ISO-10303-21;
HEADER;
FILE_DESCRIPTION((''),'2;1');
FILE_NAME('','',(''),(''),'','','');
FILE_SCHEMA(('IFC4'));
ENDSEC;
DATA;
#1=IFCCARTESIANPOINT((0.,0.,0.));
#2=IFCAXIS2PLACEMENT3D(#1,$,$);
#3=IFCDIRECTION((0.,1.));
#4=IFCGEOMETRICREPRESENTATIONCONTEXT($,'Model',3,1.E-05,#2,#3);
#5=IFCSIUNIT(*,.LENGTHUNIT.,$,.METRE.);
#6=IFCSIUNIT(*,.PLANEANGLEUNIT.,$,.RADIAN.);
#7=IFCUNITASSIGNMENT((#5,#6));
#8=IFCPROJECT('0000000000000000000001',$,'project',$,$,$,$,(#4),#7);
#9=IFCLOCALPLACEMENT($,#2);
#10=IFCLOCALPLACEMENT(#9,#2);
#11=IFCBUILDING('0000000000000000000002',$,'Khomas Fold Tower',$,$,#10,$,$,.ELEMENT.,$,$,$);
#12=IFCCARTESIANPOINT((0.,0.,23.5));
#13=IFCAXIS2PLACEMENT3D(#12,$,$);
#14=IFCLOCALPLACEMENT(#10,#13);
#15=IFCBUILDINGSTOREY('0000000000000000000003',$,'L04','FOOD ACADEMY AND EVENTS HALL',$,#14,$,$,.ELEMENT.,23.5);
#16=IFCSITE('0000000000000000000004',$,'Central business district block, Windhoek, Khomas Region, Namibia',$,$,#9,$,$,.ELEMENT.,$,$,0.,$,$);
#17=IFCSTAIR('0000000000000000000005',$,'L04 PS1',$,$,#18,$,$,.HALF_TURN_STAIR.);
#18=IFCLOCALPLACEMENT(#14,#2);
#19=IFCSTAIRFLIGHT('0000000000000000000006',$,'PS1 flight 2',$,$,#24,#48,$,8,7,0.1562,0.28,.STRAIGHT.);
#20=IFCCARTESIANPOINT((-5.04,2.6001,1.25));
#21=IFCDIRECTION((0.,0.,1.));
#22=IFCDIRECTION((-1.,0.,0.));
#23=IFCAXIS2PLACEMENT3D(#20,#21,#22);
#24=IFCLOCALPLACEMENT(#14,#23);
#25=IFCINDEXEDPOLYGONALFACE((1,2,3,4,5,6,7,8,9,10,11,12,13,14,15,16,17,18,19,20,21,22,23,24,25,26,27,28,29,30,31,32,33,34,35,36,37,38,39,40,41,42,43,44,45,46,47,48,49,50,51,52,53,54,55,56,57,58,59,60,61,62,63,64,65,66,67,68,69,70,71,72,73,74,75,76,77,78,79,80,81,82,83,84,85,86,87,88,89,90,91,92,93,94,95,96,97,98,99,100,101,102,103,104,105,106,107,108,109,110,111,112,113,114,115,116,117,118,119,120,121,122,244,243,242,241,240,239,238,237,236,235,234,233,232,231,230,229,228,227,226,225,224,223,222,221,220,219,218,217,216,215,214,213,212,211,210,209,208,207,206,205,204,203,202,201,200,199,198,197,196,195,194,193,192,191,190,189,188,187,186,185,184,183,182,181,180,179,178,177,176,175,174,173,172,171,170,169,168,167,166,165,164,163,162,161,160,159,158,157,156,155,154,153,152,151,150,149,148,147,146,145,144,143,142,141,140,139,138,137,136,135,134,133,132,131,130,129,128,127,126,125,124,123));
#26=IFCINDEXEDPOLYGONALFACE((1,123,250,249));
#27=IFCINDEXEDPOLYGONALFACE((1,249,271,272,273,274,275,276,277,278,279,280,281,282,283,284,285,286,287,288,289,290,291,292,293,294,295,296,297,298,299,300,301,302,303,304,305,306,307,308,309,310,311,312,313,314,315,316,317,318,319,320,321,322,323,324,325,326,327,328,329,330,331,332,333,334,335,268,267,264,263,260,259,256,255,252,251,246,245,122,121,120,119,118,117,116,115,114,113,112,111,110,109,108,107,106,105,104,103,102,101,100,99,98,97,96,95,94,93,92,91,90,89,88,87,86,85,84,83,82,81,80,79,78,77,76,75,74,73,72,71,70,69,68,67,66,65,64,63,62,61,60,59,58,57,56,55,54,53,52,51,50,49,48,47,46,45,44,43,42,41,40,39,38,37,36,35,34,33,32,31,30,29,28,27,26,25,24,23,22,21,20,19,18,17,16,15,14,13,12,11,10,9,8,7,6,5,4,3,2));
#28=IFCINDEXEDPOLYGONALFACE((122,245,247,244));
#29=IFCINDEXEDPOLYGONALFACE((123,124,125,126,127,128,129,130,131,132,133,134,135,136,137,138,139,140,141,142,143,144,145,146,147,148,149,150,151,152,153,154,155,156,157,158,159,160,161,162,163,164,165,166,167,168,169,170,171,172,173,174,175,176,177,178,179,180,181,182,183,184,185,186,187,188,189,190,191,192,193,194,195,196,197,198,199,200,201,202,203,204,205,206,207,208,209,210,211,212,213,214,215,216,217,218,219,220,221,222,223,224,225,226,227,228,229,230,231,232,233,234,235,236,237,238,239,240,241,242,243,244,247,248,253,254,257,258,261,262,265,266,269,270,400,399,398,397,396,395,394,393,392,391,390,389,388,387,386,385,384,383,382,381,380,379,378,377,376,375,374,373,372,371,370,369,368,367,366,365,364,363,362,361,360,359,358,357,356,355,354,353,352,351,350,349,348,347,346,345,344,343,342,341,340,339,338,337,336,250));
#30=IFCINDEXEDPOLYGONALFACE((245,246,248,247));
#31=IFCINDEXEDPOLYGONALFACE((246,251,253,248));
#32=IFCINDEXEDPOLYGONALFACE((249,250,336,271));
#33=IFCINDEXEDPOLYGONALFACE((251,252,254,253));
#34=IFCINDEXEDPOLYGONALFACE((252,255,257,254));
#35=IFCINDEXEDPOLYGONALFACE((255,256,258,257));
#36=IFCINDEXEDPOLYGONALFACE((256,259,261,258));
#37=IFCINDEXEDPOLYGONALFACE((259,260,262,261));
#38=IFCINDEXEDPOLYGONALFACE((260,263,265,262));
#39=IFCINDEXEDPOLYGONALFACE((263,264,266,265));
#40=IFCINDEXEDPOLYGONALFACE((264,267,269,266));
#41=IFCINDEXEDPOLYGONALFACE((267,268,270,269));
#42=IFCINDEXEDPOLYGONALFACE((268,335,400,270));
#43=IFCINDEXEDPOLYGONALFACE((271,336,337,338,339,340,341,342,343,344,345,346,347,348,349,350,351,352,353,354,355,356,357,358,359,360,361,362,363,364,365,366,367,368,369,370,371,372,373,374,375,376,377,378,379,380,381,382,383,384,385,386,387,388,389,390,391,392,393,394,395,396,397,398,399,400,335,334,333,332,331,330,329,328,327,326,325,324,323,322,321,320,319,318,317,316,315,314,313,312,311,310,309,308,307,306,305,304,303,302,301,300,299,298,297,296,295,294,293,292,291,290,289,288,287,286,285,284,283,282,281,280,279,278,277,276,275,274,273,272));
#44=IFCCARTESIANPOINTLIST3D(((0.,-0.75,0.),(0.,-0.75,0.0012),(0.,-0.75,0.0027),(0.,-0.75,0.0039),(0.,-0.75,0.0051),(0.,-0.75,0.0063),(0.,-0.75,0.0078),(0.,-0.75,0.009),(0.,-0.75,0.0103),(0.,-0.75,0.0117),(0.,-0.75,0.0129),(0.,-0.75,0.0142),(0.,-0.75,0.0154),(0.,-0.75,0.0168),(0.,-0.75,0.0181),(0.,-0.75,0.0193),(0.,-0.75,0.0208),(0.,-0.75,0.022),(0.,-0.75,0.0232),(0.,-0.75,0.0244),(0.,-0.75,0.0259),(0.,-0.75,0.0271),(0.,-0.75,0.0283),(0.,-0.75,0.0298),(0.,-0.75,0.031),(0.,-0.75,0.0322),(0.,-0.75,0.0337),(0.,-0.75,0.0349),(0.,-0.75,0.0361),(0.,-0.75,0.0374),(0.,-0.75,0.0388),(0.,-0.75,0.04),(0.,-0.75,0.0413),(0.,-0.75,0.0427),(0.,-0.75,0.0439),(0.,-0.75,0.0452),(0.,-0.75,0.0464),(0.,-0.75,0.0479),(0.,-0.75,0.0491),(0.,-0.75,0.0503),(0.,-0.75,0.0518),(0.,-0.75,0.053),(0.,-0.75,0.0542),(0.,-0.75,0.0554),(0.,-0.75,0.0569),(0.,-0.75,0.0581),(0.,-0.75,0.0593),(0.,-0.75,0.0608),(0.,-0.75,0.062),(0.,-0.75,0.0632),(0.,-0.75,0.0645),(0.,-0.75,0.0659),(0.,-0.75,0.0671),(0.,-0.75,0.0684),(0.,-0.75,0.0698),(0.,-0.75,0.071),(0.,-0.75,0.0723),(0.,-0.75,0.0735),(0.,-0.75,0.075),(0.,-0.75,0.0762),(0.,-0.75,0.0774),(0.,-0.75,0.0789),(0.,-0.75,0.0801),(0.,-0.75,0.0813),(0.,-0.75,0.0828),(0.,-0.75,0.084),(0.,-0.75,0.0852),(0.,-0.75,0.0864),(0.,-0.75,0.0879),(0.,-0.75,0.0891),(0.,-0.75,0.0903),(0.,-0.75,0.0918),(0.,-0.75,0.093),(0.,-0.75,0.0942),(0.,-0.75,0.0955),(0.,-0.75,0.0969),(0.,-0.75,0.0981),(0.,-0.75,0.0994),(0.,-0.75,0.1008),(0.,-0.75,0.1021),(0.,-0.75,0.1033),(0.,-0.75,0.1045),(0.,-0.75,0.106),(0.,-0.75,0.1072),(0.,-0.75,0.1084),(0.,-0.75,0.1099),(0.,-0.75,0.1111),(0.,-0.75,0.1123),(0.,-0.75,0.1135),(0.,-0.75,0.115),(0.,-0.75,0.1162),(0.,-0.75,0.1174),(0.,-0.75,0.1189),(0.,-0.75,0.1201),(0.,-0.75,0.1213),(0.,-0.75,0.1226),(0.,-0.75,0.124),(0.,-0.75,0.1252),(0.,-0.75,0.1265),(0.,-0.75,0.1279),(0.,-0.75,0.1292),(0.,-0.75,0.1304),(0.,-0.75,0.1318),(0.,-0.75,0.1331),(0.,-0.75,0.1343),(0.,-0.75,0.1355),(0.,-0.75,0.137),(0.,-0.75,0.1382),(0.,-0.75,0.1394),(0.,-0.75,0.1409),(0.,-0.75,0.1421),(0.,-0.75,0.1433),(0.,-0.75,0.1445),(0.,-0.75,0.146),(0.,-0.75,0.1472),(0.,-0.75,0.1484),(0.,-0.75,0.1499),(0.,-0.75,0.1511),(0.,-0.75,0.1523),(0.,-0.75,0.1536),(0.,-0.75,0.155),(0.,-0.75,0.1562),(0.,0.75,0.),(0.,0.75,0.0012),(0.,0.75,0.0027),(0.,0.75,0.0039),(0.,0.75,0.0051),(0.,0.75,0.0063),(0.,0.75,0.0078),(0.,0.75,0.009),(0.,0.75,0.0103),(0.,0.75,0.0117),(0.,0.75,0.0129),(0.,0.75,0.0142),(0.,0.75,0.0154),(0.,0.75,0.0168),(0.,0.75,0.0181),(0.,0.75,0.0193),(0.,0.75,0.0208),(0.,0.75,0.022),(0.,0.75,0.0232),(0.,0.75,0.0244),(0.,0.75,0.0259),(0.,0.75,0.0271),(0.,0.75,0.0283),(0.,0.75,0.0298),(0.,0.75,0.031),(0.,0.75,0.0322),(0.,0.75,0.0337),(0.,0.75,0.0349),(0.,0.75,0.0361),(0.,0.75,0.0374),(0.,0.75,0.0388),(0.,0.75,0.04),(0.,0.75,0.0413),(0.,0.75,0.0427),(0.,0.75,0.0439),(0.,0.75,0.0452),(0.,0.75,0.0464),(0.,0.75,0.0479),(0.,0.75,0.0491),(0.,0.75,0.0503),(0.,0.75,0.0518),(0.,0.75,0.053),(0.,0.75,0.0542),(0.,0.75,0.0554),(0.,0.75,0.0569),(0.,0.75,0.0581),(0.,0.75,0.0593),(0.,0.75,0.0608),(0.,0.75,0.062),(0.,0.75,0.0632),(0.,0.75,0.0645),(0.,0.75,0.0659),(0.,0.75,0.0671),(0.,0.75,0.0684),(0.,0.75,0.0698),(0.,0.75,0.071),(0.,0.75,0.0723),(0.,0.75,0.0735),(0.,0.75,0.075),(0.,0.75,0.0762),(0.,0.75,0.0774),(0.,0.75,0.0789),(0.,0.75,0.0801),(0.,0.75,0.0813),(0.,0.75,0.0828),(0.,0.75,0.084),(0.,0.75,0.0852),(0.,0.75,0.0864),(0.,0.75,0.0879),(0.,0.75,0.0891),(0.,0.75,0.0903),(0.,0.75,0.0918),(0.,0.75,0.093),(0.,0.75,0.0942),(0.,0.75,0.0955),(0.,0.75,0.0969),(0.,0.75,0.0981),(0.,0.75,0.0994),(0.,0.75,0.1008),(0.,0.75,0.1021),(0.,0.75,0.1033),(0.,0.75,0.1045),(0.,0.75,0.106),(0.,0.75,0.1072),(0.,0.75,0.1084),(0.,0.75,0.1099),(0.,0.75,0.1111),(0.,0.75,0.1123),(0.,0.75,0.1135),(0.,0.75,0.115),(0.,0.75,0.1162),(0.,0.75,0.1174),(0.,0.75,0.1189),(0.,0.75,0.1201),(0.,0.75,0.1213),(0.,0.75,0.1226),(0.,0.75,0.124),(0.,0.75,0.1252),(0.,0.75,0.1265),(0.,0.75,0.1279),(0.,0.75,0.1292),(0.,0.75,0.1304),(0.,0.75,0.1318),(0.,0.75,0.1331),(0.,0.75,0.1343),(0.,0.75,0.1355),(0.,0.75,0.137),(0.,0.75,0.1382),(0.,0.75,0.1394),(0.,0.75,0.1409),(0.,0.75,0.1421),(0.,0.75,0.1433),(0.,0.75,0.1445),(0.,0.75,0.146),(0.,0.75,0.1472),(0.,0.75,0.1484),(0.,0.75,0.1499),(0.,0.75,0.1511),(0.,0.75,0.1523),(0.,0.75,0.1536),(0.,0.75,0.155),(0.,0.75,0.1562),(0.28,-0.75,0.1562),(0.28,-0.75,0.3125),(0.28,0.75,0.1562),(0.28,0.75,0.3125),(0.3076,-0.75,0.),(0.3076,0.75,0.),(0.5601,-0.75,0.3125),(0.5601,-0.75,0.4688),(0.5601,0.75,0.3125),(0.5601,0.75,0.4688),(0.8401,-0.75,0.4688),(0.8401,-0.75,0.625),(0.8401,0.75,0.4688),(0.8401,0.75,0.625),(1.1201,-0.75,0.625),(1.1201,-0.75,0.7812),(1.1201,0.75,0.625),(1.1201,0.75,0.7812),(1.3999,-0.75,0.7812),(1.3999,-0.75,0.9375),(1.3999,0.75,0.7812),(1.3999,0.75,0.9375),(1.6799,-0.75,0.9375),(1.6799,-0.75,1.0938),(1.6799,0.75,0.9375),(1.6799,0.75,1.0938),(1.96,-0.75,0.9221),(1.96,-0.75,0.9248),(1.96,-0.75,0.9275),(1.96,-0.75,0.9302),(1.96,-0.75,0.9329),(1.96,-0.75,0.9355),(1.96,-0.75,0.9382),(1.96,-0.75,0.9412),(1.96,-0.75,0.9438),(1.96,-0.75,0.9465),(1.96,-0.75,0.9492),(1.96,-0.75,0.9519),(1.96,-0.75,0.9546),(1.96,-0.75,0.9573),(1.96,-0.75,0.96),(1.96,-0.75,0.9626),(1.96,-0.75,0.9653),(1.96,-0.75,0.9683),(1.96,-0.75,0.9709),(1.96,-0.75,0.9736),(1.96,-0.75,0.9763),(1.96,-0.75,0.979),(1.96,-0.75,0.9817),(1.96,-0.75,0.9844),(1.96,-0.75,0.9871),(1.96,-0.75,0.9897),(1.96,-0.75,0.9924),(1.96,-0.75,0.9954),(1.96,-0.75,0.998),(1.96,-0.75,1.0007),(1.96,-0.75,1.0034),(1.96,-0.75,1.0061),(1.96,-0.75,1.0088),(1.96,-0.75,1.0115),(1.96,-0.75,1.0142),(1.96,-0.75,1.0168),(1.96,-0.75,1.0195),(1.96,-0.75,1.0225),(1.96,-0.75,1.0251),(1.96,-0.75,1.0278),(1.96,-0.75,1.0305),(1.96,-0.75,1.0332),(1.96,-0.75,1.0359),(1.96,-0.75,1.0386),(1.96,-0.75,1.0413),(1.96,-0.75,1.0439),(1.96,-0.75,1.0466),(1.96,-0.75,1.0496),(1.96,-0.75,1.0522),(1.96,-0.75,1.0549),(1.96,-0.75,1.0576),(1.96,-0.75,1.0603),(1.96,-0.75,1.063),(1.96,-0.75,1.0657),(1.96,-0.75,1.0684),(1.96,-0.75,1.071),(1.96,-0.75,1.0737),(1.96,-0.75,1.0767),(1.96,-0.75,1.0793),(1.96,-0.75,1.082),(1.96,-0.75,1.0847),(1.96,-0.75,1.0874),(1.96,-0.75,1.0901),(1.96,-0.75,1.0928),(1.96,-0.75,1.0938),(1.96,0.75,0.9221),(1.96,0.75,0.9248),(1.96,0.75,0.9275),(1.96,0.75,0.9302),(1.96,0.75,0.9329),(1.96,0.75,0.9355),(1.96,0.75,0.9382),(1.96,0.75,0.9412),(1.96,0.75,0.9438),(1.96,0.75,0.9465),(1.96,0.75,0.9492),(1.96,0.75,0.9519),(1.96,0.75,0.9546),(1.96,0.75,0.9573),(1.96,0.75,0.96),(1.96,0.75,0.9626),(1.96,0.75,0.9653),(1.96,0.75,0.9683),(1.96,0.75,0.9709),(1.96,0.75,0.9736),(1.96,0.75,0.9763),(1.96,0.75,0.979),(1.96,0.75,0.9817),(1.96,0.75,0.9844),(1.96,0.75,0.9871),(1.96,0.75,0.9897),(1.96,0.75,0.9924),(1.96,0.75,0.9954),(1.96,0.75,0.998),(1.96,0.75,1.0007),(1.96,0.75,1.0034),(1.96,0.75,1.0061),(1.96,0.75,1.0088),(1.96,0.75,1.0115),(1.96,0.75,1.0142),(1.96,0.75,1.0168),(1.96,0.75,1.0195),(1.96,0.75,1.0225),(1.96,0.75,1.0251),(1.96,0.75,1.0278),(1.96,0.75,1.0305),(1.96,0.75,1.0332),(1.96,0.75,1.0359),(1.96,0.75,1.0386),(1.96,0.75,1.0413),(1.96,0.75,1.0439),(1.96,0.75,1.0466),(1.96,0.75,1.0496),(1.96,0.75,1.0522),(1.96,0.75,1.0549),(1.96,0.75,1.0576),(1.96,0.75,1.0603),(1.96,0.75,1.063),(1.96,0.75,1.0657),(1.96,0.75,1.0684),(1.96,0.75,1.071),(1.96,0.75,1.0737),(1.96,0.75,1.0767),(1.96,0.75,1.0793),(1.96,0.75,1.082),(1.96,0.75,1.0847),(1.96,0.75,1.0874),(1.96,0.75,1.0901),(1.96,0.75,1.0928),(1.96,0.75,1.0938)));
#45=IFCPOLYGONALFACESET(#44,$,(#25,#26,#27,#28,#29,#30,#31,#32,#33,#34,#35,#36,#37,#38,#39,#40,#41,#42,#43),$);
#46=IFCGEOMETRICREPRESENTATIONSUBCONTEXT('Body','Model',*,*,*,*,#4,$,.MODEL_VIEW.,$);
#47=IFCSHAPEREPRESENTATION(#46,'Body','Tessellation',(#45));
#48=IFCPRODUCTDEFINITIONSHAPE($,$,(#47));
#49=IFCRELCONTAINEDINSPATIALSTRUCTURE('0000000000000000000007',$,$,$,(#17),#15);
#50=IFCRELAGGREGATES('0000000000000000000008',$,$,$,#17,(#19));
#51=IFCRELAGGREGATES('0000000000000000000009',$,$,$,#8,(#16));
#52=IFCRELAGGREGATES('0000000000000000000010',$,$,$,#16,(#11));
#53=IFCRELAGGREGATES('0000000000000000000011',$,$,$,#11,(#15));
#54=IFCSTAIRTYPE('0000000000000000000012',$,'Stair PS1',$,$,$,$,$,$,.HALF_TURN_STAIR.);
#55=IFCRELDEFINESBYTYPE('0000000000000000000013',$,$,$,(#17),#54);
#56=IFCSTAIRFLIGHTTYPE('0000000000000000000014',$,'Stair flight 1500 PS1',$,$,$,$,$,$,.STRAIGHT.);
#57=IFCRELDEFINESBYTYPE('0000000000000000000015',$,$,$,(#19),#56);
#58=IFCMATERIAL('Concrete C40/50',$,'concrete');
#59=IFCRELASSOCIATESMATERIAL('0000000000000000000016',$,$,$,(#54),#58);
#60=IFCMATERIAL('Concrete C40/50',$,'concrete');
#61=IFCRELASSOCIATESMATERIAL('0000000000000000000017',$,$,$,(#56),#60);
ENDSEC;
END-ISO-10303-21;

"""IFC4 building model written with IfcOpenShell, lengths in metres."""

from ifc_helpers import new_model, si_unit, direction, frame, origin, place, context, subcontext, project, spatial, polyline, outline, extrude, source, transform, mapped, material, type_object, element, aggregate, save


model = new_model("IFC4")

# Units and contexts
model_context = context("Model", 3, precision=1e-05, world=origin(), true_north=direction((0.0, 1.0)))
body_context = subcontext(model_context, "Body", "Model", "MODEL_VIEW")
ifc_project = project(units=[si_unit("LENGTHUNIT", "METRE"), si_unit("PLANEANGLEUNIT", "RADIAN")], contexts=[model_context])

# Site, building, storey
site_placement = place(None, origin())
site = spatial("IfcSite", under=ifc_project, at=site_placement, Name="Central business district block, Windhoek, Khomas Region, Namibia", CompositionType="ELEMENT", RefElevation=0.0)
building_placement = place(site_placement, origin())
building = spatial("IfcBuilding", under=site, at=building_placement, Name="Khomas Fold Tower", CompositionType="ELEMENT")
storey_placement = place(building_placement, frame((0.0, 0.0, 23.5)))
storey = spatial("IfcBuildingStorey", under=building, at=storey_placement, Name="L04", Description="FOOD ACADEMY AND EVENTS HALL", CompositionType="ELEMENT", Elevation=23.5)

# Stair, stair flight
ifc_material_1 = material(Name="Concrete C40/50", Category="concrete")
stair_type = type_object("IfcStairType", Name="Stair PS1", PredefinedType="HALF_TURN_STAIR", material=ifc_material_1)
stair_placement = place(storey_placement, origin())
stair = element("IfcStair", 1, at=stair_placement, inside=storey, type_object=stair_type, Name="L04 PS1", PredefinedType="HALF_TURN_STAIR")
ifc_material_2 = material(Name="Concrete C40/50", Category="concrete")
stair_flight_type = type_object("IfcStairFlightType", Name="Stair flight 1500 PS1", PredefinedType="STRAIGHT", material=ifc_material_2)
shared_shape_1 = source(origin(), body_context, "Body", "SweptSolid", [
    extrude(outline(polyline([(0.0, 0.0), (0.0, 0.0012), (0.0, 0.0027), (0.0, 0.0039), (0.0, 0.0051), (0.0, 0.0063), (0.0, 0.0078), (0.0, 0.009), (0.0, 0.0103), (0.0, 0.0117), (0.0, 0.0129), (0.0, 0.0142), (0.0, 0.0154), (0.0, 0.0168), (0.0, 0.0181), (0.0, 0.0193), (0.0, 0.0208), (0.0, 0.022), (0.0, 0.0232), (0.0, 0.0244), (0.0, 0.0259), (0.0, 0.0271), (0.0, 0.0283), (0.0, 0.0298), (0.0, 0.031), (0.0, 0.0322), (0.0, 0.0337), (0.0, 0.0349), (0.0, 0.0361), (0.0, 0.0374), (0.0, 0.0388), (0.0, 0.04), (0.0, 0.0413), (0.0, 0.0427), (0.0, 0.0439), (0.0, 0.0452), (0.0, 0.0464), (0.0, 0.0479), (0.0, 0.0491), (0.0, 0.0503), (0.0, 0.0518), (0.0, 0.053), (0.0, 0.0542), (0.0, 0.0554), (0.0, 0.0569), (0.0, 0.0581), (0.0, 0.0593), (0.0, 0.0608), (0.0, 0.062), (0.0, 0.0632), (0.0, 0.0645), (0.0, 0.0659), (0.0, 0.0671), (0.0, 0.0684), (0.0, 0.0698), (0.0, 0.071), (0.0, 0.0723), (0.0, 0.0735), (0.0, 0.075), (0.0, 0.0762), (0.0, 0.0774), (0.0, 0.0789), (0.0, 0.0801), (0.0, 0.0813), (0.0, 0.0828), (0.0, 0.084), (0.0, 0.0852), (0.0, 0.0864), (0.0, 0.0879), (0.0, 0.0891), (0.0, 0.0903), (0.0, 0.0918), (0.0, 0.093), (0.0, 0.0942), (0.0, 0.0955), (0.0, 0.0969), (0.0, 0.0981), (0.0, 0.0994), (0.0, 0.1008), (0.0, 0.1021), (0.0, 0.1033), (0.0, 0.1045), (0.0, 0.106), (0.0, 0.1072), (0.0, 0.1084), (0.0, 0.1099), (0.0, 0.1111), (0.0, 0.1123), (0.0, 0.1135), (0.0, 0.115), (0.0, 0.1162), (0.0, 0.1174), (0.0, 0.1189), (0.0, 0.1201), (0.0, 0.1213), (0.0, 0.1226), (0.0, 0.124), (0.0, 0.1252), (0.0, 0.1265), (0.0, 0.1279), (0.0, 0.1292), (0.0, 0.1304), (0.0, 0.1318), (0.0, 0.1331), (0.0, 0.1343), (0.0, 0.1355), (0.0, 0.137), (0.0, 0.1382), (0.0, 0.1394), (0.0, 0.1409), (0.0, 0.1421), (0.0, 0.1433), (0.0, 0.1445), (0.0, 0.146), (0.0, 0.1472), (0.0, 0.1484), (0.0, 0.1499), (0.0, 0.1511), (0.0, 0.1523), (0.0, 0.1536), (0.0, 0.155), (0.0, 0.1562), (0.28, 0.1562), (0.28, 0.3125), (0.5601, 0.3125), (0.5601, 0.4688), (0.8401, 0.4688), (0.8401, 0.625), (1.1201, 0.625), (1.1201, 0.7812), (1.3999, 0.7812), (1.3999, 0.9375), (1.6799, 0.9375), (1.6799, 1.0938), (1.96, 1.0938), (1.96, 1.25), (1.96, 1.2473), (1.96, 1.2446), (1.96, 1.2419), (1.96, 1.2393), (1.96, 1.2363), (1.96, 1.2336), (1.96, 1.231), (1.96, 1.2283), (1.96, 1.2256), (1.96, 1.2229), (1.96, 1.2202), (1.96, 1.2175), (1.96, 1.2148), (1.96, 1.2122), (1.96, 1.2092), (1.96, 1.2065), (1.96, 1.2039), (1.96, 1.2012), (1.96, 1.1985), (1.96, 1.1958), (1.96, 1.1931), (1.96, 1.1904), (1.96, 1.1877), (1.96, 1.1851), (1.96, 1.1821), (1.96, 1.1794), (1.96, 1.1768), (1.96, 1.1741), (1.96, 1.1714), (1.96, 1.1687), (1.96, 1.166), (1.96, 1.1633), (1.96, 1.1606), (1.96, 1.158), (1.96, 1.155), (1.96, 1.1523), (1.96, 1.1497), (1.96, 1.147), (1.96, 1.1443), (1.96, 1.1416), (1.96, 1.1389), (1.96, 1.1362), (1.96, 1.1335), (1.96, 1.1309), (1.96, 1.1279), (1.96, 1.1252), (1.96, 1.1226), (1.96, 1.1199), (1.96, 1.1172), (1.96, 1.1145), (1.96, 1.1118), (1.96, 1.1091), (1.96, 1.1064), (1.96, 1.1038), (1.96, 1.1008), (1.96, 1.0981), (1.96, 1.0955), (1.96, 1.0928), (1.96, 1.0901), (1.96, 1.0874), (1.96, 1.0847), (1.96, 1.082), (1.96, 1.0793), (1.96, 1.0767), (1.96, 1.0737), (1.96, 1.071), (1.96, 1.0684), (1.96, 1.0657), (1.96, 1.063), (1.96, 1.0603), (1.96, 1.0576), (1.96, 1.0549), (1.96, 1.0522), (1.96, 1.0496), (1.96, 1.0466), (1.96, 1.0439), (1.96, 1.0413), (1.96, 1.0386), (1.96, 1.0359), (1.96, 1.0332), (1.96, 1.0305), (1.96, 1.0278), (1.96, 1.0251), (1.96, 1.0225), (1.96, 1.0195), (1.96, 1.0168), (1.96, 1.0142), (1.96, 1.0115), (1.96, 1.0088), (1.96, 1.0061), (1.96, 1.0034), (1.96, 1.0007), (1.96, 0.998), (1.96, 0.9954), (1.96, 0.9924), (1.96, 0.9897), (1.96, 0.9871), (1.96, 0.9844), (1.96, 0.9817), (1.96, 0.979), (1.96, 0.9763), (1.96, 0.9736), (1.96, 0.9709), (1.96, 0.9683), (1.96, 0.9653), (1.96, 0.9626), (1.96, 0.96), (1.96, 0.9573), (1.96, 0.9546), (1.96, 0.9519), (1.96, 0.9492), (1.96, 0.9465), (1.96, 0.9438), (1.96, 0.9412), (1.96, 0.9382), (1.96, 0.9355), (1.96, 0.9329), (1.96, 0.9302), (1.96, 0.9275), (1.96, 0.9248), (1.96, 0.9221), (0.3076, 0.0), (0.0, 0.0)])), frame((0.0, 0.75, 0.0), z_axis=(0.0, -1.0, 0.0), x_axis=(1.0, 0.0, 0.0)), (0.0, 0.0, 1.0), 1.5),
])
stair_flight_1_placement = place(storey_placement, frame((-5.04, 2.6001, 1.25), z_axis=(0.0, 0.0, 1.0), x_axis=(-1.0, 0.0, 0.0)))
stair_flight_1 = element("IfcStairFlight", 2, at=stair_flight_1_placement, type_object=stair_flight_type, Name="PS1 flight 2", NumberOfRisers=8, NumberOfTreads=7, PredefinedType="STRAIGHT", RiserHeight=0.1562, TreadLength=0.28, context=body_context, shape_type="MappedRepresentation", body=[
    mapped(shared_shape_1, transform((0.0, 0.0, 0.0))),
])
aggregate(stair, [stair_flight_1])

save(model, "model.ifc")
